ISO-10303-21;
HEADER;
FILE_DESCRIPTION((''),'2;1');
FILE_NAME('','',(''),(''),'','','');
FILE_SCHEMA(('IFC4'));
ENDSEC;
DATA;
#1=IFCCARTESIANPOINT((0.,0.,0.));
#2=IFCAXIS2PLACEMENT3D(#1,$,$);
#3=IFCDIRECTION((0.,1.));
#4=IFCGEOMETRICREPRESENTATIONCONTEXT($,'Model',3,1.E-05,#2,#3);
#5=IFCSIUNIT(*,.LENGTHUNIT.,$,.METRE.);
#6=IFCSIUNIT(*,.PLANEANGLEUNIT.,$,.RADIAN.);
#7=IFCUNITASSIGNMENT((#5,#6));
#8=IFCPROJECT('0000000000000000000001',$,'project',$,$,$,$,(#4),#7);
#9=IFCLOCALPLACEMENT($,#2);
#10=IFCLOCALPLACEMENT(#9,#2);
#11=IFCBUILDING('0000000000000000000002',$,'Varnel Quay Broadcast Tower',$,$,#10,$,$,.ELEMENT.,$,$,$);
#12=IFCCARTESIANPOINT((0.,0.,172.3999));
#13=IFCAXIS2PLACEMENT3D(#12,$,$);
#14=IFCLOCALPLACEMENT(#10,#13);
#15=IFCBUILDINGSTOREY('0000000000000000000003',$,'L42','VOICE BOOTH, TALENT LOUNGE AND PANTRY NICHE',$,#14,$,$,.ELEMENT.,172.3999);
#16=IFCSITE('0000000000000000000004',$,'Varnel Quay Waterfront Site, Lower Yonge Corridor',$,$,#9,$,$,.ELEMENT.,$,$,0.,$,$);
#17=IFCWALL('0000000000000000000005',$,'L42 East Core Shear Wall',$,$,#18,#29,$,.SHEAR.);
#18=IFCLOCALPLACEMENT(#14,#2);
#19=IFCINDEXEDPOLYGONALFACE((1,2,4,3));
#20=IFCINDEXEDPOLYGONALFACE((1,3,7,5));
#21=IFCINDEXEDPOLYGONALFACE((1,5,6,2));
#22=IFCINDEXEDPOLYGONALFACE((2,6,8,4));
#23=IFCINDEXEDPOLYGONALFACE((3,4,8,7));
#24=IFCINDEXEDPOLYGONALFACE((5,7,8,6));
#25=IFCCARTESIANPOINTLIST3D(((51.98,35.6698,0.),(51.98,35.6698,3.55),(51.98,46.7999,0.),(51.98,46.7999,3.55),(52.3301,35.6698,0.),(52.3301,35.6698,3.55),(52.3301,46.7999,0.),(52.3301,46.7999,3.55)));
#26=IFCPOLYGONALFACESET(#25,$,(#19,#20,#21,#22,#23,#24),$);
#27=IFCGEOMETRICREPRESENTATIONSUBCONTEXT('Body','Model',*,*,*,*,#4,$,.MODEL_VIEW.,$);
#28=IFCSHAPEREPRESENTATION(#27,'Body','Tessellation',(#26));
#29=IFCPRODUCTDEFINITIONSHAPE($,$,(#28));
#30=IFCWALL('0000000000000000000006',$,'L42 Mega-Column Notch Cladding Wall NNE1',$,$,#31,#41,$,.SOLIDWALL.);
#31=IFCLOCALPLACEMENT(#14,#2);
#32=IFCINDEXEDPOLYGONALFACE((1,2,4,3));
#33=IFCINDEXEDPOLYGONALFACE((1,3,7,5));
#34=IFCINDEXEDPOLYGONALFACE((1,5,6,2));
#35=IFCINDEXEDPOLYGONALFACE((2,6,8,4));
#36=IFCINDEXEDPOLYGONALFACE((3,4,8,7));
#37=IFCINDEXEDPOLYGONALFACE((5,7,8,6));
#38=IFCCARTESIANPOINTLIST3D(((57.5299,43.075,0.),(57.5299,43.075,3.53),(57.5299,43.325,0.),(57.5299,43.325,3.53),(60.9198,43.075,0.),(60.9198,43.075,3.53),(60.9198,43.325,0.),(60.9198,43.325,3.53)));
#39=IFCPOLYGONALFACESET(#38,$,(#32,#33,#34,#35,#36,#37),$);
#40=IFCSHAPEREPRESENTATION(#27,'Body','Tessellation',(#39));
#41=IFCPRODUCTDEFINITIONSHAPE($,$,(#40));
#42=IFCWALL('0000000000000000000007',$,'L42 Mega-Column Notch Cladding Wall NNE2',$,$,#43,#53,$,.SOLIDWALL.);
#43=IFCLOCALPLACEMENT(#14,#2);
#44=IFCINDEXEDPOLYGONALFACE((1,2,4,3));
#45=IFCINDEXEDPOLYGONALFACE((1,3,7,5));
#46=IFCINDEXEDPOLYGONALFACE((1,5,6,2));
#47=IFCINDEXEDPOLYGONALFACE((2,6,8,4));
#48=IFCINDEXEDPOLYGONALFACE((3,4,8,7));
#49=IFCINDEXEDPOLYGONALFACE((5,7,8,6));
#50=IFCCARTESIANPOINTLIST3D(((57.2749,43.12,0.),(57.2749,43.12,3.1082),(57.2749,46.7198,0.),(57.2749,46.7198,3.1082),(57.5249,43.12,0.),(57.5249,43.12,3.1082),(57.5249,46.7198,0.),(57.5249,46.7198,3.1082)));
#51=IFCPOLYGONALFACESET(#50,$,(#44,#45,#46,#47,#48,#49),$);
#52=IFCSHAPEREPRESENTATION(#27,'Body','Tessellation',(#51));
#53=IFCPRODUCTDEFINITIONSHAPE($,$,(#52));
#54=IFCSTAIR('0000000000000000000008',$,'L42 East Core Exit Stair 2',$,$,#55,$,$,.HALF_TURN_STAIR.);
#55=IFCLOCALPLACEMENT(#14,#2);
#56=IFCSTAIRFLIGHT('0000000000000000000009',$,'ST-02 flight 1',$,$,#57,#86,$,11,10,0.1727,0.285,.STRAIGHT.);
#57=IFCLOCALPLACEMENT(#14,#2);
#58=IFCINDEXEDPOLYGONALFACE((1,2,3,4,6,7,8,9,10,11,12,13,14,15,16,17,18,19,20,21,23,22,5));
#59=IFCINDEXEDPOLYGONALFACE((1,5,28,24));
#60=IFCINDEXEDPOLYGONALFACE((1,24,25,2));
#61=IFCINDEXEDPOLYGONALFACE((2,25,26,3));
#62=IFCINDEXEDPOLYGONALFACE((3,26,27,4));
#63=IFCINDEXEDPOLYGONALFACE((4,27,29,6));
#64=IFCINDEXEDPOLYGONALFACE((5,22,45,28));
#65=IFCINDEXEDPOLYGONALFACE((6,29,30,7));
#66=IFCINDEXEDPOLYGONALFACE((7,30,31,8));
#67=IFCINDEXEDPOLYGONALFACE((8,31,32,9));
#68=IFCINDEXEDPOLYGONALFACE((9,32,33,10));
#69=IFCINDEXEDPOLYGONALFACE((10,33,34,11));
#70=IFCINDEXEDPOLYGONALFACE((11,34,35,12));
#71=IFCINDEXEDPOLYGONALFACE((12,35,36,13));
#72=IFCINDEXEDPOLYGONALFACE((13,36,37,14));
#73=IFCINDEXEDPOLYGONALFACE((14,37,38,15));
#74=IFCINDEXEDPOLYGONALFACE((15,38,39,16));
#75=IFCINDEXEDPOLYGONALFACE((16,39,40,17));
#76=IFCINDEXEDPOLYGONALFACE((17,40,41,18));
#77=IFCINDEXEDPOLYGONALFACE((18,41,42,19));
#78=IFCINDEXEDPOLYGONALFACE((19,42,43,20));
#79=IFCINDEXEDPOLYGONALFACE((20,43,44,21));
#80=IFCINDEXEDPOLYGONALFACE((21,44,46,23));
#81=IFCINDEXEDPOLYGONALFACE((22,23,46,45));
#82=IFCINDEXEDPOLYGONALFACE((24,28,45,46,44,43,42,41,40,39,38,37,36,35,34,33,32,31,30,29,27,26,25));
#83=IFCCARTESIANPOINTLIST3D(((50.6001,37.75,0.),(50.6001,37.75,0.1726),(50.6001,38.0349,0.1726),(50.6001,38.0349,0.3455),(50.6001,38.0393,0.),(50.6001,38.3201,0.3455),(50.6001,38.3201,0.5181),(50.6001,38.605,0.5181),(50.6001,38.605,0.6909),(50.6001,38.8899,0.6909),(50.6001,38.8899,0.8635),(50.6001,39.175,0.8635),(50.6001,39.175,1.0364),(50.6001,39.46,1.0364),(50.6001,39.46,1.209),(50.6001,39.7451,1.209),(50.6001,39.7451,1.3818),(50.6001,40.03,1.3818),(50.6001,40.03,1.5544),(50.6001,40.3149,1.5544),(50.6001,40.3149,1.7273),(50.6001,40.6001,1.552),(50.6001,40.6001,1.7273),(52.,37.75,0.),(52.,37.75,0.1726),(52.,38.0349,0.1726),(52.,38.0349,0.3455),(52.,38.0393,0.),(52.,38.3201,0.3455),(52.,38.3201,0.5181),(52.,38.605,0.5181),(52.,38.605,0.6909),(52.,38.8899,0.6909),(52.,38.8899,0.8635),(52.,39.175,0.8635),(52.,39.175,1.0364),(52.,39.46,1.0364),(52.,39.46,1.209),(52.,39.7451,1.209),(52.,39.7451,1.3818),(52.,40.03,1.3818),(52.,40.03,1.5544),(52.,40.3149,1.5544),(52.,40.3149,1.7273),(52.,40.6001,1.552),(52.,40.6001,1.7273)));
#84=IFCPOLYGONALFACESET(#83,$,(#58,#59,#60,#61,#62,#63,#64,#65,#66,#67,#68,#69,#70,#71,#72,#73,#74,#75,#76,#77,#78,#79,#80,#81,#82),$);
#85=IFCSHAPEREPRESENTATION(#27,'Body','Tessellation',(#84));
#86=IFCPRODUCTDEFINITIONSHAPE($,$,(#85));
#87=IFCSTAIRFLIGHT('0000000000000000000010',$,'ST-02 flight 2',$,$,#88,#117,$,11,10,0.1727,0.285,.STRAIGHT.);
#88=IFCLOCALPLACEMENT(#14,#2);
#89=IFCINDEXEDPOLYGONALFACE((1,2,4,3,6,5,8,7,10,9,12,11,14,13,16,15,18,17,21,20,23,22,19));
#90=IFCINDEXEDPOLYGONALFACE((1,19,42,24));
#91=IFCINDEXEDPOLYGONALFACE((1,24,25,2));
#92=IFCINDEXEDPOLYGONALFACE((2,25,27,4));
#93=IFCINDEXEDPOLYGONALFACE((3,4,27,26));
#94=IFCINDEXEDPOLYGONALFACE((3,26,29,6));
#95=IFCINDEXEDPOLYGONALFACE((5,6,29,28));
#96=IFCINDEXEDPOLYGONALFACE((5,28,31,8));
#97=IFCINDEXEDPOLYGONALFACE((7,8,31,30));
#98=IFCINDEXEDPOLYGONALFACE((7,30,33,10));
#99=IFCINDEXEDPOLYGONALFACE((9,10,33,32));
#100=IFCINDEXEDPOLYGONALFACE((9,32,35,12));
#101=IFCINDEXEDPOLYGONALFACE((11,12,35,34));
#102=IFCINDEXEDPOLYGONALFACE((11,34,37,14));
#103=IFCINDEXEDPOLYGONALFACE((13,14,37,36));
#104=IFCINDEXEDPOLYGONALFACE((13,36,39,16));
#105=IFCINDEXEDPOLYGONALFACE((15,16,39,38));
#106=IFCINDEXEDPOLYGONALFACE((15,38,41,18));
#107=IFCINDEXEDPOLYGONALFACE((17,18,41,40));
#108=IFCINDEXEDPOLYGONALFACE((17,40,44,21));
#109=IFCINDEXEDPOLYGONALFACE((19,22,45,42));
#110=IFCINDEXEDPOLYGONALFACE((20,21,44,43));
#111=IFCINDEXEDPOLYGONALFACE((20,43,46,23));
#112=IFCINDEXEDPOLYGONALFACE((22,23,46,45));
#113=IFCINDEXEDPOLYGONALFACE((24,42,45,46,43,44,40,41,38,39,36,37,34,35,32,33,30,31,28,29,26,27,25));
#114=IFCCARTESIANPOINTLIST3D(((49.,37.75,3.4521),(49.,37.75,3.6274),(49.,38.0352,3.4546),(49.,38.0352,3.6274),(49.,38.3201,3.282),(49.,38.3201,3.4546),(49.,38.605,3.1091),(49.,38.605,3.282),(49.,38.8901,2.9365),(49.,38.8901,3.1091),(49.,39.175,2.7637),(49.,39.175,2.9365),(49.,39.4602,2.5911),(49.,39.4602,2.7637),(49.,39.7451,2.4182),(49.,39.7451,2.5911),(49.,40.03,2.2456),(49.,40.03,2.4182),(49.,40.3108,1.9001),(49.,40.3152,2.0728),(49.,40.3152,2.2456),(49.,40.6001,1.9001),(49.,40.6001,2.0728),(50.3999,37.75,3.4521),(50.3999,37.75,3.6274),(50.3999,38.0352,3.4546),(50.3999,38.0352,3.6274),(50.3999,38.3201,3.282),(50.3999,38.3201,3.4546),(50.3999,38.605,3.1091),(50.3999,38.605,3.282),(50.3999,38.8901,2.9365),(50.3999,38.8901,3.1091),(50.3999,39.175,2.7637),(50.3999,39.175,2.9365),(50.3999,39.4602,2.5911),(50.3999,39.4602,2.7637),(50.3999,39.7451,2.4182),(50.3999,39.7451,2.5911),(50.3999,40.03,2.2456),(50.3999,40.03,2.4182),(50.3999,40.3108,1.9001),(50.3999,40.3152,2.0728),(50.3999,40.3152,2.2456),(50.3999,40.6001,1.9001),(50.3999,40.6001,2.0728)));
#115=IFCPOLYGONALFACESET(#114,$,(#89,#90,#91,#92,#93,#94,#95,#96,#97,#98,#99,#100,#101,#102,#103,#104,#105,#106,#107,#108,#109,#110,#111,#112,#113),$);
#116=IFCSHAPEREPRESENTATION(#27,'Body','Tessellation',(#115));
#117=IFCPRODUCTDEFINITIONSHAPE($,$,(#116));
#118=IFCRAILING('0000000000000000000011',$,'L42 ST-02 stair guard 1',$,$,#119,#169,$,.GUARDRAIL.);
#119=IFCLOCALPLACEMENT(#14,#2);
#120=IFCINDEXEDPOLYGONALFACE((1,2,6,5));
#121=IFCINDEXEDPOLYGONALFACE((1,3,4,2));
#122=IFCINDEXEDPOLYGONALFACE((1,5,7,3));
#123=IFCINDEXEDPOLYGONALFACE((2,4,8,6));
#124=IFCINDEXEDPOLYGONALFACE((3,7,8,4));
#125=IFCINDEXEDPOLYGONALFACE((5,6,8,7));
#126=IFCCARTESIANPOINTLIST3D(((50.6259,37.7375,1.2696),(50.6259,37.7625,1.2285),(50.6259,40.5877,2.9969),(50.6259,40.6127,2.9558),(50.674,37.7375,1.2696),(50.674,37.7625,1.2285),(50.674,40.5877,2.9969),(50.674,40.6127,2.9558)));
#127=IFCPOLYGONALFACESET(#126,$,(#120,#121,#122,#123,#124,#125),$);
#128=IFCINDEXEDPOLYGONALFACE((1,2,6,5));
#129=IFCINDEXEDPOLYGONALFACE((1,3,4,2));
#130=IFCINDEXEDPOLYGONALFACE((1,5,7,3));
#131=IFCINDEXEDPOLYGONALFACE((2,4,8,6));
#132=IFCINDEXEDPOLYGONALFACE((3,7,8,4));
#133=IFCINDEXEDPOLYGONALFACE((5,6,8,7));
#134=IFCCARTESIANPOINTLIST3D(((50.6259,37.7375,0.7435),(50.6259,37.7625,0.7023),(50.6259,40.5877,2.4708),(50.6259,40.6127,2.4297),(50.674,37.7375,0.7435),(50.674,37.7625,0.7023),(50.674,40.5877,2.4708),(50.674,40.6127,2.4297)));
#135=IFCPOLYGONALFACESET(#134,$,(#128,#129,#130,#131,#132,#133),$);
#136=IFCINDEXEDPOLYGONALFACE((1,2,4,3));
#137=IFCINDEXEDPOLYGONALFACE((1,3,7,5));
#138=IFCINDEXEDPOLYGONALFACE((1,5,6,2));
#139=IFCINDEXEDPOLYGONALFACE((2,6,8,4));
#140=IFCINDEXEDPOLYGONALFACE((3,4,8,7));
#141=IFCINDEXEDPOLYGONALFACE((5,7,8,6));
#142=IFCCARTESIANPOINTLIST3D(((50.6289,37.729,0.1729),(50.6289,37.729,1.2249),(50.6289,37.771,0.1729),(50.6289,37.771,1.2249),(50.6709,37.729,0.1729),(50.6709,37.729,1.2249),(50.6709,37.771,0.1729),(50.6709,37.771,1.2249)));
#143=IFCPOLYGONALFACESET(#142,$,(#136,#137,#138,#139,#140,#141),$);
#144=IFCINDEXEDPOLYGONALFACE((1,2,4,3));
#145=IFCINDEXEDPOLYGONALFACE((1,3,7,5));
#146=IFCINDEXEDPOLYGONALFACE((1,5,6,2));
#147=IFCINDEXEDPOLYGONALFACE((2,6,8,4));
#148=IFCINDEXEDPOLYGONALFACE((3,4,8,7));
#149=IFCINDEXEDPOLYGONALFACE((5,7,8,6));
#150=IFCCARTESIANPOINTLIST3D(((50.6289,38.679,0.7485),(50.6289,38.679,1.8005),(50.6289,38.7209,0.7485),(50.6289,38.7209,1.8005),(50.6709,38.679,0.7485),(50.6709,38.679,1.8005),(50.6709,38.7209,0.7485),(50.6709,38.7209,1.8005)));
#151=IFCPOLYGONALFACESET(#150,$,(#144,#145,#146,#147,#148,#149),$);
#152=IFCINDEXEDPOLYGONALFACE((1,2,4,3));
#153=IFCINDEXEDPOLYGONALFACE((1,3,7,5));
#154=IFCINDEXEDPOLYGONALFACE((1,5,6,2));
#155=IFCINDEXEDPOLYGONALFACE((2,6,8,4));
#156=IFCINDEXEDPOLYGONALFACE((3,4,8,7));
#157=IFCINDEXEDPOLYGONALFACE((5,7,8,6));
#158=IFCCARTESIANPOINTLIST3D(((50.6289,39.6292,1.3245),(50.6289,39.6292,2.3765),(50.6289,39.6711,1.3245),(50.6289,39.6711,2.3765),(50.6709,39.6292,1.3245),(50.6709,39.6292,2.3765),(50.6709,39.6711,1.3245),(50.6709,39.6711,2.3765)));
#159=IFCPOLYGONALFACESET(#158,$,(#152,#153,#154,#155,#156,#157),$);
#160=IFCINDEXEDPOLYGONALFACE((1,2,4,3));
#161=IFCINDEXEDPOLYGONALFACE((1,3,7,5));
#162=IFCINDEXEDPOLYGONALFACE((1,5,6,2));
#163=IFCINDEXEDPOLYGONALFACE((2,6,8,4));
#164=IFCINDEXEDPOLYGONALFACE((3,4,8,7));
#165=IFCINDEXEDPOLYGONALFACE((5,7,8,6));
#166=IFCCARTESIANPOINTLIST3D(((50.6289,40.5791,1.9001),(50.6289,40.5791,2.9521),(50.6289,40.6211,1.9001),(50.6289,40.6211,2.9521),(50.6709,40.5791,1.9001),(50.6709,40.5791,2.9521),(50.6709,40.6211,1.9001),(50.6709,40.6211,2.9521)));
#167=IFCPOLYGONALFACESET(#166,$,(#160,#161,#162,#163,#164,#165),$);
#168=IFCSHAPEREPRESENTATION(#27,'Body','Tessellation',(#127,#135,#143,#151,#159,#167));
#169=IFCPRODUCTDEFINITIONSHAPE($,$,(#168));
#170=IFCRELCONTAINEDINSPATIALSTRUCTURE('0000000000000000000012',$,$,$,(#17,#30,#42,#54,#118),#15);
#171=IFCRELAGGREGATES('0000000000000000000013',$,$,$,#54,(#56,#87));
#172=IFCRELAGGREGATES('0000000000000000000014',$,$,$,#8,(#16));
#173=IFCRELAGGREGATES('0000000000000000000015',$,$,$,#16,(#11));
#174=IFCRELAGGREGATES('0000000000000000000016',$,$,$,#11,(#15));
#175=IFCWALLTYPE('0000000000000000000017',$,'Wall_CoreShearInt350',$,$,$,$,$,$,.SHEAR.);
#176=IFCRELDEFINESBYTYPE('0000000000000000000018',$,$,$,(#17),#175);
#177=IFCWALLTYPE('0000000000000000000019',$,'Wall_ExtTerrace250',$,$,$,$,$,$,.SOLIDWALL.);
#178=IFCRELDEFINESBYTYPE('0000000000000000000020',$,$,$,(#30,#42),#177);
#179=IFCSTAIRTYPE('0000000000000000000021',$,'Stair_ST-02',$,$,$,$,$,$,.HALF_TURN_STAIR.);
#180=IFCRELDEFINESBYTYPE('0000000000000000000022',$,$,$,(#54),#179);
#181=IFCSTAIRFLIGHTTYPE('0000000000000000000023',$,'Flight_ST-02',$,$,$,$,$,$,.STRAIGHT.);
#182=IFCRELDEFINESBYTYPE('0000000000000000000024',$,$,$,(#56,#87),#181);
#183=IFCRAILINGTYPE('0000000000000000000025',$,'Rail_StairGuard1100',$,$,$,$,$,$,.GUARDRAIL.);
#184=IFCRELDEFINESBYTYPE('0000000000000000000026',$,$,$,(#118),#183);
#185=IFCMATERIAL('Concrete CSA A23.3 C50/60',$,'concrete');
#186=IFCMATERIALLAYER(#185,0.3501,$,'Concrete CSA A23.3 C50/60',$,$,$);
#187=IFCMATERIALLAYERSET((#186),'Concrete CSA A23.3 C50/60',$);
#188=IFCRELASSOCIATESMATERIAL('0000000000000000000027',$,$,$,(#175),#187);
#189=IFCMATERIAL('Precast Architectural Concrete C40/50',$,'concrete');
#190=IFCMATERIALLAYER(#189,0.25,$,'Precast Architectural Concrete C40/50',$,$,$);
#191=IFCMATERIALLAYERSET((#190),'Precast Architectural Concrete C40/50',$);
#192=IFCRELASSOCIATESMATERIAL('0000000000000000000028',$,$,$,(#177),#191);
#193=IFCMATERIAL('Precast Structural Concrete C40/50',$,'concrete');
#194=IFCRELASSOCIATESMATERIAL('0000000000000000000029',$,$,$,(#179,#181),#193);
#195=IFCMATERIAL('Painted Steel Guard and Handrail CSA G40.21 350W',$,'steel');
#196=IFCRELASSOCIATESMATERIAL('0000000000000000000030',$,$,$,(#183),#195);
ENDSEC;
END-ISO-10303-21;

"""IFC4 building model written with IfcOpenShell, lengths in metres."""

from ifc_helpers import new_model, si_unit, direction, frame, frame_2d, origin, origin_2d, place, context, subcontext, project, spatial, polyline, rectangle, outline, extrude, material, layer, layer_set, type_object, element, aggregate, save


model = new_model("IFC4")

# Units and contexts
model_context = context("Model", 3, precision=1e-05, world=origin(), true_north=direction((0.0, 1.0)))
body_context = subcontext(model_context, "Body", "Model", "MODEL_VIEW")
ifc_project = project(units=[si_unit("LENGTHUNIT", "METRE"), si_unit("PLANEANGLEUNIT", "RADIAN")], contexts=[model_context])

# Site, building, storey
site_placement = place(None, origin())
site = spatial("IfcSite", under=ifc_project, at=site_placement, Name="Varnel Quay Waterfront Site, Lower Yonge Corridor", CompositionType="ELEMENT", RefElevation=0.0)
building_placement = place(site_placement, origin())
building = spatial("IfcBuilding", under=site, at=building_placement, Name="Varnel Quay Broadcast Tower", CompositionType="ELEMENT")
storey_placement = place(building_placement, frame((0.0, 0.0, 172.3999)))
storey = spatial("IfcBuildingStorey", under=building, at=storey_placement, Name="L42", Description="VOICE BOOTH, TALENT LOUNGE AND PANTRY NICHE", CompositionType="ELEMENT", Elevation=172.3999)

# Walls
ifc_material_1 = material(Name="Concrete CSA A23.3 C50/60", Category="concrete")
ifc_layer_1 = layer(ifc_material_1, 0.3501, Name="Concrete CSA A23.3 C50/60")
ifc_layer_set_1 = layer_set([ifc_layer_1], Name="Concrete CSA A23.3 C50/60")
wall_type_1 = type_object("IfcWallType", Name="Wall_CoreShearInt350", PredefinedType="SHEAR", material=ifc_layer_set_1)
wall_1_placement = place(storey_placement, frame((52.155, 35.6699, 0.0), z_axis=(0.0, 0.0, 1.0), x_axis=(0.0, 1.0, 0.0)))
element("IfcWall", 1, at=wall_1_placement, inside=storey, type_object=wall_type_1, Name="L42 East Core Shear Wall", PredefinedType="SHEAR", context=body_context, shape_type="SweptSolid", body=[
    extrude(rectangle(XDim=11.1301, YDim=0.3501, at=frame_2d((5.5649, 0.0))), origin(), (0.0, 0.0, 1.0), 3.55),
])
ifc_material_2 = material(Name="Precast Architectural Concrete C40/50", Category="concrete")
ifc_layer_2 = layer(ifc_material_2, 0.25, Name="Precast Architectural Concrete C40/50")
ifc_layer_set_2 = layer_set([ifc_layer_2], Name="Precast Architectural Concrete C40/50")
wall_type_2 = type_object("IfcWallType", Name="Wall_ExtTerrace250", PredefinedType="SOLIDWALL", material=ifc_layer_set_2)
wall_2_placement = place(storey_placement, frame((57.53, 43.2, 0.0), z_axis=(0.0, 0.0, 1.0), x_axis=(1.0, 0.0, 0.0)))
element("IfcWall", 2, at=wall_2_placement, inside=storey, type_object=wall_type_2, Name="L42 Mega-Column Notch Cladding Wall NNE1", PredefinedType="SOLIDWALL", context=body_context, shape_type="SweptSolid", body=[
    extrude(rectangle(XDim=3.3899, YDim=0.25, at=frame_2d((1.6948, 0.0))), origin(), (0.0, 0.0, 1.0), 3.53),
])
wall_3_placement = place(storey_placement, frame((57.3999, 43.1201, 0.0), z_axis=(0.0, 0.0, 1.0), x_axis=(0.0, 1.0, 0.0)))
element("IfcWall", 3, at=wall_3_placement, inside=storey, type_object=wall_type_2, Name="L42 Mega-Column Notch Cladding Wall NNE2", PredefinedType="SOLIDWALL", context=body_context, shape_type="SweptSolid", body=[
    extrude(rectangle(XDim=3.5999, YDim=0.25, at=frame_2d((1.7998, 0.0))), origin(), (0.0, 0.0, 1.0), 3.1082),
])

# Stair, stair flights
ifc_material_3 = material(Name="Precast Structural Concrete C40/50", Category="concrete")
stair_type = type_object("IfcStairType", Name="Stair_ST-02", PredefinedType="HALF_TURN_STAIR", material=ifc_material_3)
stair_placement = place(storey_placement, origin())
stair = element("IfcStair", 4, at=stair_placement, inside=storey, type_object=stair_type, Name="L42 East Core Exit Stair 2", PredefinedType="HALF_TURN_STAIR")
stair_flight_type = type_object("IfcStairFlightType", Name="Flight_ST-02", PredefinedType="STRAIGHT", material=ifc_material_3)
stair_flight_1_placement = place(storey_placement, frame((51.3, 37.75, 0.0), z_axis=(0.0, 0.0, 1.0), x_axis=(0.0, 1.0, 0.0)))
stair_flight_1 = element("IfcStairFlight", 5, at=stair_flight_1_placement, type_object=stair_flight_type, Name="ST-02 flight 1", NumberOfRisers=11, NumberOfTreads=10, PredefinedType="STRAIGHT", RiserHeight=0.1727, TreadLength=0.285, context=body_context, shape_type="SweptSolid", body=[
    extrude(outline(polyline([(0.0, 0.0), (0.0, 0.1726), (0.2849, 0.1726), (0.2849, 0.3455), (0.5701, 0.3455), (0.5701, 0.5181), (0.855, 0.5181), (0.855, 0.6909), (1.1399, 0.6909), (1.1399, 0.8635), (1.425, 0.8635), (1.425, 1.0364), (1.71, 1.0364), (1.71, 1.209), (1.9951, 1.209), (1.9951, 1.3818), (2.28, 1.3818), (2.28, 1.5544), (2.5649, 1.5544), (2.5649, 1.7273), (2.8501, 1.7273), (2.8501, 1.8999), (2.8501, 1.552), (0.2893, 0.0), (0.0, 0.0)])), frame((0.0, 0.7, 0.0), z_axis=(0.0, -1.0, 0.0), x_axis=(1.0, 0.0, 0.0)), (0.0, 0.0, 1.0), 1.3999),
])
stair_flight_2_placement = place(storey_placement, frame((49.7, 40.6001, 1.9001), z_axis=(0.0, 0.0, 1.0), x_axis=(0.0, -1.0, 0.0)))
stair_flight_2 = element("IfcStairFlight", 6, at=stair_flight_2_placement, type_object=stair_flight_type, Name="ST-02 flight 2", NumberOfRisers=11, NumberOfTreads=10, PredefinedType="STRAIGHT", RiserHeight=0.1727, TreadLength=0.285, context=body_context, shape_type="SweptSolid", body=[
    extrude(outline(polyline([(0.0, 0.0), (0.0, 0.1726), (0.2849, 0.1726), (0.2849, 0.3455), (0.5701, 0.3455), (0.5701, 0.5181), (0.855, 0.5181), (0.855, 0.6909), (1.1399, 0.6909), (1.1399, 0.8635), (1.425, 0.8635), (1.425, 1.0364), (1.71, 1.0364), (1.71, 1.209), (1.9951, 1.209), (1.9951, 1.3818), (2.28, 1.3818), (2.28, 1.5544), (2.5649, 1.5544), (2.5649, 1.7273), (2.8501, 1.7273), (2.8501, 1.8999), (2.8501, 1.552), (0.2893, 0.0), (0.0, 0.0)])), frame((0.0, 0.7, 0.0), z_axis=(0.0, -1.0, 0.0), x_axis=(1.0, 0.0, 0.0)), (0.0, 0.0, 1.0), 1.3999),
])
aggregate(stair, [stair_flight_1, stair_flight_2])

# Railing
ifc_material_4 = material(Name="Painted Steel Guard and Handrail CSA G40.21 350W", Category="steel")
railing_type_1 = type_object("IfcRailingType", Name="Rail_StairGuard1100", PredefinedType="GUARDRAIL", material=ifc_material_4)
railing_1_placement = place(storey_placement, frame((50.6499, 37.75, 0.1729)))
element("IfcRailing", 7, at=railing_1_placement, inside=storey, type_object=railing_type_1, Name="L42 ST-02 stair guard 1", PredefinedType="GUARDRAIL", context=body_context, shape_type="SweptSolid", body=[
    extrude(rectangle(XDim=0.0481, YDim=0.0481, at=origin_2d()), frame((0.0, 0.0, 1.0762), z_axis=(0.0, 0.855203, 0.518294), x_axis=(-1.0, 0.0, 0.0)), (0.0, 0.0, 1.0), 3.3328),
    extrude(rectangle(XDim=0.0481, YDim=0.0481, at=origin_2d()), frame((0.0, 0.0, 0.55), z_axis=(0.0, 0.855203, 0.518294), x_axis=(-1.0, 0.0, 0.0)), (0.0, 0.0, 1.0), 3.3328),
    extrude(rectangle(XDim=0.042, YDim=0.042, at=origin_2d()), origin(), (0.0, 0.0, 1.0), 1.052),
    extrude(rectangle(XDim=0.042, YDim=0.042, at=origin_2d()), frame((0.0, 0.95, 0.5757)), (0.0, 0.0, 1.0), 1.052),
    extrude(rectangle(XDim=0.042, YDim=0.042, at=origin_2d()), frame((0.0, 1.9001, 1.1516)), (0.0, 0.0, 1.0), 1.052),
    extrude(rectangle(XDim=0.042, YDim=0.042, at=origin_2d()), frame((0.0, 2.8501, 1.7273)), (0.0, 0.0, 1.0), 1.052),
])

save(model, "model.ifc")
